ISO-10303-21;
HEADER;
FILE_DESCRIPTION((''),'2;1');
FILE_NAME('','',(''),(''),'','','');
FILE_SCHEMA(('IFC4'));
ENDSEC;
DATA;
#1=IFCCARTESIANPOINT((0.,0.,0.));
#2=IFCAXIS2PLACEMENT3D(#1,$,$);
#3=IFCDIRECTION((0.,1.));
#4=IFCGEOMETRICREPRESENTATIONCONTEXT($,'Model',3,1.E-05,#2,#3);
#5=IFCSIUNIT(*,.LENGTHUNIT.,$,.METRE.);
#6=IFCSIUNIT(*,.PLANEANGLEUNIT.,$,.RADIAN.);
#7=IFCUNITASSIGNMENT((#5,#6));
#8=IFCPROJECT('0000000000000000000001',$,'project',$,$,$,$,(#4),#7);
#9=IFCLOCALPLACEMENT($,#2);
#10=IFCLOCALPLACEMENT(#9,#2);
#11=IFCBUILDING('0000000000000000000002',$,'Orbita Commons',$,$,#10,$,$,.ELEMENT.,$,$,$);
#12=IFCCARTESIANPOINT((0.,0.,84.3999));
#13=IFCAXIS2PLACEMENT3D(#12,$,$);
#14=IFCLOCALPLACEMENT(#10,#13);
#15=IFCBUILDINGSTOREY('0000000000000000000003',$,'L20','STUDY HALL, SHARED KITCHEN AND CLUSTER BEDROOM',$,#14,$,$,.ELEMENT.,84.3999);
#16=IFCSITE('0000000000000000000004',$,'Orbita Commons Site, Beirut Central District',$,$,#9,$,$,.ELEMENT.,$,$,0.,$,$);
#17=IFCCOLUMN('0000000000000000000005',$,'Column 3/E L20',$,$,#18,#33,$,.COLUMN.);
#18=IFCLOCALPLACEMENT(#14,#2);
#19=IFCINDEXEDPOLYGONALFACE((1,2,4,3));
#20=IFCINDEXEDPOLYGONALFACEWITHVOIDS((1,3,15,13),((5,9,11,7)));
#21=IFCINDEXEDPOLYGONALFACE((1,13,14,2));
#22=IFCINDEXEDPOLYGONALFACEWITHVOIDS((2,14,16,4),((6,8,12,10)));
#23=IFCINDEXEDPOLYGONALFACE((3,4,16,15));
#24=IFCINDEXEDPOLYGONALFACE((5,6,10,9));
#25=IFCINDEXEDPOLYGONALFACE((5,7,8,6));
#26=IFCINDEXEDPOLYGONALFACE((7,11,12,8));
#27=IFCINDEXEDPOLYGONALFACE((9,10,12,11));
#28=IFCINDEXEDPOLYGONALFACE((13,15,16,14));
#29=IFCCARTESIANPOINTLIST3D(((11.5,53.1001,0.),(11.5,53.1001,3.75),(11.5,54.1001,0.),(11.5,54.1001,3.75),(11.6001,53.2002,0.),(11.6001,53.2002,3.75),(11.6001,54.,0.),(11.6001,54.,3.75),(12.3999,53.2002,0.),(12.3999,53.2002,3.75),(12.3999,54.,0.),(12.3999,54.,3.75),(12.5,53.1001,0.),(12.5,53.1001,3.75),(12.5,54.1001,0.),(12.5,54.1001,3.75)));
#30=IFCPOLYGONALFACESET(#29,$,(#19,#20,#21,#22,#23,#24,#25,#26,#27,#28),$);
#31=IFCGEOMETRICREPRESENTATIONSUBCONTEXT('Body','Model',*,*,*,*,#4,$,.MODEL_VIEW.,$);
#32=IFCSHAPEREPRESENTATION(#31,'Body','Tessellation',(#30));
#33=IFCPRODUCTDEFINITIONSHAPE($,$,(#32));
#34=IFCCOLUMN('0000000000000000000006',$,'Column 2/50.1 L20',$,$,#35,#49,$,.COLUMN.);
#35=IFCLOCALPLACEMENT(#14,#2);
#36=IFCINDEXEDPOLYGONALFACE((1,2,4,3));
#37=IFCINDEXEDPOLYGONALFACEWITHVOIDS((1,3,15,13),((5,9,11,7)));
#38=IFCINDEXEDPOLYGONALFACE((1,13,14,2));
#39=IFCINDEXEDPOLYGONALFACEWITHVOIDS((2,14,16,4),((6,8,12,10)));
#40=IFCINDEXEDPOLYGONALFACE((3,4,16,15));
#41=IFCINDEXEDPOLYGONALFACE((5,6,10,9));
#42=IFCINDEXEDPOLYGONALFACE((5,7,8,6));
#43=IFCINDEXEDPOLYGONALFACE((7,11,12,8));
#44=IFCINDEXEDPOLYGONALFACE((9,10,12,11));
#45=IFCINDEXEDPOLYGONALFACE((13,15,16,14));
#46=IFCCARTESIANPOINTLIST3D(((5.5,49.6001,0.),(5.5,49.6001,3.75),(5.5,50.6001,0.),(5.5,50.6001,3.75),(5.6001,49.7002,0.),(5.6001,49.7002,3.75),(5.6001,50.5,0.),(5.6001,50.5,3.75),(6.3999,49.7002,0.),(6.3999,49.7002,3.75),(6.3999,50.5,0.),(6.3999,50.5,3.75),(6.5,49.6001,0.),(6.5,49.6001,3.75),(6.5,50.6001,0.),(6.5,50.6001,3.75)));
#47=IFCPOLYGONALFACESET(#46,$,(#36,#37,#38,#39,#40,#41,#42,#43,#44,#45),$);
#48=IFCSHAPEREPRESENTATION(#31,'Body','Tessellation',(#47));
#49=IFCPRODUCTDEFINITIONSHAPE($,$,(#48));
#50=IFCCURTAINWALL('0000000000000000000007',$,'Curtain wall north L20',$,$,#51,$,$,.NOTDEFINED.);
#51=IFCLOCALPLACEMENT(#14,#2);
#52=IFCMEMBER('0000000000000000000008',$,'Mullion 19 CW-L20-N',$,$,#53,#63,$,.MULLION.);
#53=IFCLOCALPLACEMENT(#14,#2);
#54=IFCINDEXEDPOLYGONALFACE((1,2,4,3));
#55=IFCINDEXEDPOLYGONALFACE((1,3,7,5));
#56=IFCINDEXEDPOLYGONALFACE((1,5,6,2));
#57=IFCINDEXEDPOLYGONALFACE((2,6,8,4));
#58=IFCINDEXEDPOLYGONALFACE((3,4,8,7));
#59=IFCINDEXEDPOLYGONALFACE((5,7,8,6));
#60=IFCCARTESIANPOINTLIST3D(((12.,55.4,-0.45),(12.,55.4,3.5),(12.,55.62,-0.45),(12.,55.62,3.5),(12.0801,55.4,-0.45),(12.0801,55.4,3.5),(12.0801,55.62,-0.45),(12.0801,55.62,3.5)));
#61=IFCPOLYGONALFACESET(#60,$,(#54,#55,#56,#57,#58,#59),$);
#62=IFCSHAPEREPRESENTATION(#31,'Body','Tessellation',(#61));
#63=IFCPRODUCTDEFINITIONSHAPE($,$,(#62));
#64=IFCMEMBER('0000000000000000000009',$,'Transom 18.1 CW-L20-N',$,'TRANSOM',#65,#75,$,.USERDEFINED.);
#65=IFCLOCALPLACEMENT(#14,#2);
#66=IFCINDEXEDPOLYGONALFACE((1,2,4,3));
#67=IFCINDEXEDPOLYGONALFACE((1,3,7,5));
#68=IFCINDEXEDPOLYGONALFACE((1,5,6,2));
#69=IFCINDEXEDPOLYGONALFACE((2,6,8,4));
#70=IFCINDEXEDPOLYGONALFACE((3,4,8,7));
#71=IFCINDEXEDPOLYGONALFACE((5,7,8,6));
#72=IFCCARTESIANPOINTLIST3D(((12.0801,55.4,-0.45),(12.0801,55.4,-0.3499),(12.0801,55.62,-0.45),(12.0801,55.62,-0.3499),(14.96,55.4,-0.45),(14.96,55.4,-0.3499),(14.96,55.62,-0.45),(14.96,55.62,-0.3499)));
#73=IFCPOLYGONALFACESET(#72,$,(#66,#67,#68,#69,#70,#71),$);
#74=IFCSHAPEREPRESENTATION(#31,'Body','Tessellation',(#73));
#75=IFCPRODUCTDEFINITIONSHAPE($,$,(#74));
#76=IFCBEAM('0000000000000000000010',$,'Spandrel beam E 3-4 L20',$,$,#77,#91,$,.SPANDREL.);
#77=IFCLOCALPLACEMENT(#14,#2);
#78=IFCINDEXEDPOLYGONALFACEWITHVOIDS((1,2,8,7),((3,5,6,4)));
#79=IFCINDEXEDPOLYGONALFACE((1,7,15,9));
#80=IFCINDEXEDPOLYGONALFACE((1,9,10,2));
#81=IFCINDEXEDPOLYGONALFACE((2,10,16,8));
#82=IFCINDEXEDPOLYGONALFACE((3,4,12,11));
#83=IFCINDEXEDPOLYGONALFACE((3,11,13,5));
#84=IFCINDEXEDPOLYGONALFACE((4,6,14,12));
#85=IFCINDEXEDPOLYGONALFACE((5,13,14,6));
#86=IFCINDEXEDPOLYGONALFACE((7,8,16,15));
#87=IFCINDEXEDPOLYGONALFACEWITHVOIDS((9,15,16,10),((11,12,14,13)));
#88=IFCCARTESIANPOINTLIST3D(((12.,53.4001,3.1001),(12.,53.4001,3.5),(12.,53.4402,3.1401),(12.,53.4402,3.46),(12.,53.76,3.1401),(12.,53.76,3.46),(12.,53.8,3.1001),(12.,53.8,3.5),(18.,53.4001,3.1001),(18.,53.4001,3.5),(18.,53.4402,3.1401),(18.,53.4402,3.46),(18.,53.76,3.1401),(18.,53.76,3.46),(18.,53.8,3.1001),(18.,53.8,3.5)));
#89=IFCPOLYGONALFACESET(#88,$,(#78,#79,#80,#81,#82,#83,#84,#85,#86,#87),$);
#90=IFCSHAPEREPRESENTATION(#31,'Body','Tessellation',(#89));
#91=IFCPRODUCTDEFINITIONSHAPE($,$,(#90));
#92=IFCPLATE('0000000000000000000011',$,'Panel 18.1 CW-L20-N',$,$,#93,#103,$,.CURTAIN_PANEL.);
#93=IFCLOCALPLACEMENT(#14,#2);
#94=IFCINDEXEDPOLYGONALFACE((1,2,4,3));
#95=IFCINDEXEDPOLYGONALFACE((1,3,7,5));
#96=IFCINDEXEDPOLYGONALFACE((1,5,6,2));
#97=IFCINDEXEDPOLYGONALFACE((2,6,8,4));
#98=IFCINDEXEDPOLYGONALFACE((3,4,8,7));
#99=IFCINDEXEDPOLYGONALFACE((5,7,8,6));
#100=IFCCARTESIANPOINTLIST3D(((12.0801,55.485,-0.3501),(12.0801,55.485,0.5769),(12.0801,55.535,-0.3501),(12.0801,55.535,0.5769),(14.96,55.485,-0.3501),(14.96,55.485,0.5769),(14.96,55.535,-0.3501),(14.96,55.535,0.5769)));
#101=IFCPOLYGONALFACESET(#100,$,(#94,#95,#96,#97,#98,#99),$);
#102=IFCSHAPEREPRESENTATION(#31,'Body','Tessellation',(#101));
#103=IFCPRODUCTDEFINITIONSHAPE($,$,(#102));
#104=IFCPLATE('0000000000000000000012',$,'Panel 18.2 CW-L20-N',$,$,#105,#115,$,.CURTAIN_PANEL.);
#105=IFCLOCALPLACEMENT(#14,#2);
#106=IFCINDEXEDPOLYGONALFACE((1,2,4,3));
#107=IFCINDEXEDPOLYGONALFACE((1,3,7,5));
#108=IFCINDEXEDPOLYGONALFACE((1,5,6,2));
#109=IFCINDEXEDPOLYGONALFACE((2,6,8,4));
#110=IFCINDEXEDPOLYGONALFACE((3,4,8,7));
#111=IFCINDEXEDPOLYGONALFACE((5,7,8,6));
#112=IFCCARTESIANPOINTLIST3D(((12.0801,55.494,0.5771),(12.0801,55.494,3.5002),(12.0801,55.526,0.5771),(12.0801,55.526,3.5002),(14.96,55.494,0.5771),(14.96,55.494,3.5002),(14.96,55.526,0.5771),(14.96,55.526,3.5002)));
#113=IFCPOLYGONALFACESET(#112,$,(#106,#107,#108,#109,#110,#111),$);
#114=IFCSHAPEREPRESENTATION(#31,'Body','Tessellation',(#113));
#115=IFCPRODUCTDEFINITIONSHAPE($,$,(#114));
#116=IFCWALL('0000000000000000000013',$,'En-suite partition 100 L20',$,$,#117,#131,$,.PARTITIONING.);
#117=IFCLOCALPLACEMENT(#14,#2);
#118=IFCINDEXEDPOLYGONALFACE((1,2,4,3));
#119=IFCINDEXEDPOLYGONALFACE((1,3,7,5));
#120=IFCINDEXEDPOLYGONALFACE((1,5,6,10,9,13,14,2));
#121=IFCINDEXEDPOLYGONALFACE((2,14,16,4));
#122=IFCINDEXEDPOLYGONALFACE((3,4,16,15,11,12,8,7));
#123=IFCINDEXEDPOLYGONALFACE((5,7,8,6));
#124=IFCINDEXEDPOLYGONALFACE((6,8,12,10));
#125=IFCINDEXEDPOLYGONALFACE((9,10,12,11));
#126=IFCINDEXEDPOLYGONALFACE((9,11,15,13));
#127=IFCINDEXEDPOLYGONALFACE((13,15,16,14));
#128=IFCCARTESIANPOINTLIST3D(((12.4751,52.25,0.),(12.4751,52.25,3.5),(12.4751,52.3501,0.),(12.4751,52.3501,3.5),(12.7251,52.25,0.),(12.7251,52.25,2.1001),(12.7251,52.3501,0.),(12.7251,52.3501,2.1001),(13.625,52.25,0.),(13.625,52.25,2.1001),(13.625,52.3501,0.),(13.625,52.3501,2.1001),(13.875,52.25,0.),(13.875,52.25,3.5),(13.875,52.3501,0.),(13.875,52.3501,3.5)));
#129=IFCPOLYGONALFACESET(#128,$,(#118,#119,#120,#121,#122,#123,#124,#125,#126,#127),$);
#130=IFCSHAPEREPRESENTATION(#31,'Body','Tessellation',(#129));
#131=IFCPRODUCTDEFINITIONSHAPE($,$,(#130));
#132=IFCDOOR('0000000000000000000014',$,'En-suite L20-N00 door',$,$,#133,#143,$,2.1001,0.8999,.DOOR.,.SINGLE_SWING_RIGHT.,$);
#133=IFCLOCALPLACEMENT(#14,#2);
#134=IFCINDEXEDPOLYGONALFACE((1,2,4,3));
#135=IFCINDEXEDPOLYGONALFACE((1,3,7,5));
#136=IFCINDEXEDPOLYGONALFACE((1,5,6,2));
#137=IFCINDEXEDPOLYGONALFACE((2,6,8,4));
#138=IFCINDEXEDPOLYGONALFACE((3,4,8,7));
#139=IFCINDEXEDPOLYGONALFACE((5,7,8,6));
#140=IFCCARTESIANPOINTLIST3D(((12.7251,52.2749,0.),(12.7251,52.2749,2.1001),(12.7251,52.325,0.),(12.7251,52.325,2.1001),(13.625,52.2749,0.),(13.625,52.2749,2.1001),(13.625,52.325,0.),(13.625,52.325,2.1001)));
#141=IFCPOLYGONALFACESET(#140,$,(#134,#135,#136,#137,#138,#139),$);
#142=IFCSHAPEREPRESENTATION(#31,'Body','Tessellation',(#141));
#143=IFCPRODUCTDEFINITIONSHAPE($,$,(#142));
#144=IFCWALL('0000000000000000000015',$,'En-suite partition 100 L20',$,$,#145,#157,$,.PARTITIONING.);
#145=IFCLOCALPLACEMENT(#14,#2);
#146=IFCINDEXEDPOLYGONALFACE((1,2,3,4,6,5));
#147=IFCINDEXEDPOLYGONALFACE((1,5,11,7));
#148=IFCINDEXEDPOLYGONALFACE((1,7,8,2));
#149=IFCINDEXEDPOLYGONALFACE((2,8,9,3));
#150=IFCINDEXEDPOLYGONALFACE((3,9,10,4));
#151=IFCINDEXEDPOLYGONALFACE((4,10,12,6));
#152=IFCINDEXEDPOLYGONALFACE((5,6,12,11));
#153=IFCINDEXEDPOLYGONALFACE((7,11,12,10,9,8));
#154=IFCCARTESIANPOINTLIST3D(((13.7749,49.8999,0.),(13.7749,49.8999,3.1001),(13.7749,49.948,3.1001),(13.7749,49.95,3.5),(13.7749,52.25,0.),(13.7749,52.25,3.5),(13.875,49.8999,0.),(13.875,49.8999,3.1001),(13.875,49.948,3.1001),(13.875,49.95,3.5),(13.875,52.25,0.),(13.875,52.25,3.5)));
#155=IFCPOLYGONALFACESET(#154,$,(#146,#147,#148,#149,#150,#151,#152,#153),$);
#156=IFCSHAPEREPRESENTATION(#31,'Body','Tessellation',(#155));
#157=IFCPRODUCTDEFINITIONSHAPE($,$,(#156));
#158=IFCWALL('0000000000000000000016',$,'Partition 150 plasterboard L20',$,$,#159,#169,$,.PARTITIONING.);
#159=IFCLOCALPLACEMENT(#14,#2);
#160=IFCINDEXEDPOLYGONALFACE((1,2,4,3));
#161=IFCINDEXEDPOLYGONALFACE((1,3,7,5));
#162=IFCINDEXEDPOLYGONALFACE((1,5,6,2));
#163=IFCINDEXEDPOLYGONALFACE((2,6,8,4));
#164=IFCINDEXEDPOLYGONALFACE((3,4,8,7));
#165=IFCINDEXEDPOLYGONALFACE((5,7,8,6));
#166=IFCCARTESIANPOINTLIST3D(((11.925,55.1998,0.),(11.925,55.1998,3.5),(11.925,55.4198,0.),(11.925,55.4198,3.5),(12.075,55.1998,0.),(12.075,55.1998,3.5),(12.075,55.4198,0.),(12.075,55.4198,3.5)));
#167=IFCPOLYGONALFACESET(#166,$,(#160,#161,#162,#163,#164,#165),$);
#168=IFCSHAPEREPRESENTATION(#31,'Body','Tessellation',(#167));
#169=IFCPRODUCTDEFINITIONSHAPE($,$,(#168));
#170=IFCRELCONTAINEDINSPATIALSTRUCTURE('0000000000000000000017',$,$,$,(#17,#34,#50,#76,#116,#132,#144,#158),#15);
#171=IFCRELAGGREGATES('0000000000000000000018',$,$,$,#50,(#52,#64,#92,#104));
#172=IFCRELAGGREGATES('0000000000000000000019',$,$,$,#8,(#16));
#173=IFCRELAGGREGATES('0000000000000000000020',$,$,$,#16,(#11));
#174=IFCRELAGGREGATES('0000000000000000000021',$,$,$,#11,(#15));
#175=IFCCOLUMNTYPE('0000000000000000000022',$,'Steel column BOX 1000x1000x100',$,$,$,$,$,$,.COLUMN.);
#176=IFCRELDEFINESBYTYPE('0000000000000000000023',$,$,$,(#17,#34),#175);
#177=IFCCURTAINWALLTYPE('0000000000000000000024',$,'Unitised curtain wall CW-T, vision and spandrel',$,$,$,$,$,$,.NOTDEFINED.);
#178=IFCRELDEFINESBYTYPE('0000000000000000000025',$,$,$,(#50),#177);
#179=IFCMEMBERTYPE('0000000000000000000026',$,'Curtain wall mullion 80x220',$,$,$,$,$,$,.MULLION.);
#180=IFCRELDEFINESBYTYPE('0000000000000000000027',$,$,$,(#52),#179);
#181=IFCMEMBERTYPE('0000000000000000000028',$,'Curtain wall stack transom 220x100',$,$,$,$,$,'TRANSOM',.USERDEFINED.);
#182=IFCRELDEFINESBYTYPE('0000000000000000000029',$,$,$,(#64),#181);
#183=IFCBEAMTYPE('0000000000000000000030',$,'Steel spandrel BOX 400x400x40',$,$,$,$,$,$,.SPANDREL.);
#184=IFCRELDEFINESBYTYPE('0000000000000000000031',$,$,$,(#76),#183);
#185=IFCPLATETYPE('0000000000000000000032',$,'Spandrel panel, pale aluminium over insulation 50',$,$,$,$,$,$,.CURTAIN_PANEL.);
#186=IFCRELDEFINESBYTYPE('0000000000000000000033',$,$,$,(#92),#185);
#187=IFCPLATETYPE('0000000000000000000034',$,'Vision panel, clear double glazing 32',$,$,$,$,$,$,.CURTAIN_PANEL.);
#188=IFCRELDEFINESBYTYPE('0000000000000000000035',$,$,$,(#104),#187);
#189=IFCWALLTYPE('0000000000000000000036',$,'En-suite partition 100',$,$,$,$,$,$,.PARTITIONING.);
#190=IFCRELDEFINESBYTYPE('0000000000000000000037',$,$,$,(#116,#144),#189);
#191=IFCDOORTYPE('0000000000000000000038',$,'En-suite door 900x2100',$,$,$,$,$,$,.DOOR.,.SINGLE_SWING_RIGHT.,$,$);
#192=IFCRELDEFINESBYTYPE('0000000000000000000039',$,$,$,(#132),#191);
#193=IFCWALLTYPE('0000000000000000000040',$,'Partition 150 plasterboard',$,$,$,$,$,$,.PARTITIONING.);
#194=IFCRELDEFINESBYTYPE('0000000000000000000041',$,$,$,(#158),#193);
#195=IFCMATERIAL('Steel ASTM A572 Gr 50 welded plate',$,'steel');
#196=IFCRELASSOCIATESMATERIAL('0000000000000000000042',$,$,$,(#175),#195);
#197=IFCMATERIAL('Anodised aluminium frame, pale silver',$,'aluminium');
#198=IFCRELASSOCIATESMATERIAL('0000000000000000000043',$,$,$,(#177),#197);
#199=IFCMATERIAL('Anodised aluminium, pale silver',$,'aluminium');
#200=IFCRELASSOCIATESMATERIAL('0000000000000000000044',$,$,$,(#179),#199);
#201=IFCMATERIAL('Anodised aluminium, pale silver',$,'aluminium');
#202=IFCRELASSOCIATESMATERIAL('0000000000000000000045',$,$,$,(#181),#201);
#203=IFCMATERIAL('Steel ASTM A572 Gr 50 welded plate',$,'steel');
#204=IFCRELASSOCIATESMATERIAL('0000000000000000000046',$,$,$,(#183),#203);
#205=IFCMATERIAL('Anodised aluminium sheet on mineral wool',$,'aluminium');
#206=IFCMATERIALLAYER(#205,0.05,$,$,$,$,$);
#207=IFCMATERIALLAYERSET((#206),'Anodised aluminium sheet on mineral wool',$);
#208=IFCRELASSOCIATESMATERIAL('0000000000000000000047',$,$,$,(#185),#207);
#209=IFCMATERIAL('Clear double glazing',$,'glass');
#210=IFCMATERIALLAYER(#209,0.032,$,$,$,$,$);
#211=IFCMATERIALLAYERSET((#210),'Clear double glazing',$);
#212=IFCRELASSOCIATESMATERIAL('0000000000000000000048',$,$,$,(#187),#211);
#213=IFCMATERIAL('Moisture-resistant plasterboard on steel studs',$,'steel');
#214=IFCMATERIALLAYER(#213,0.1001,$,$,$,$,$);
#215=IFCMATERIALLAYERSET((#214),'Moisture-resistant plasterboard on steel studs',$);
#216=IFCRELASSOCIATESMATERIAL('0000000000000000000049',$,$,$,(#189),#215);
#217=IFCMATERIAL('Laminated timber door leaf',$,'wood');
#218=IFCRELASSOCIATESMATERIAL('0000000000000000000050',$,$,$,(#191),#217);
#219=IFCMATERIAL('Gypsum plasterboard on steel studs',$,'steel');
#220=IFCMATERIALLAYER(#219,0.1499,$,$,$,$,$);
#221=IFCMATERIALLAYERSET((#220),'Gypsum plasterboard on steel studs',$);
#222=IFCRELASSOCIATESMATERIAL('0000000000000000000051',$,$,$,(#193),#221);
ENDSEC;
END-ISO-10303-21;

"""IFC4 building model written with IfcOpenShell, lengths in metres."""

from ifc_helpers import new_model, si_unit, direction, frame, frame_2d, origin, origin_2d, place, context, subcontext, project, spatial, polyline, rectangle, hollow_rectangle, outline, extrude, material, layer, layer_set, material_profile, profile_set, type_object, element, fill, aggregate, save


model = new_model("IFC4")

# Units and contexts
model_context = context("Model", 3, precision=1e-05, world=origin(), true_north=direction((0.0, 1.0)))
body_context = subcontext(model_context, "Body", "Model", "MODEL_VIEW")
ifc_project = project(units=[si_unit("LENGTHUNIT", "METRE"), si_unit("PLANEANGLEUNIT", "RADIAN")], contexts=[model_context])

# Site, building, storey
site_placement = place(None, origin())
site = spatial("IfcSite", under=ifc_project, at=site_placement, Name="Orbita Commons Site, Beirut Central District", CompositionType="ELEMENT", RefElevation=0.0)
building_placement = place(site_placement, origin())
building = spatial("IfcBuilding", under=site, at=building_placement, Name="Orbita Commons", CompositionType="ELEMENT")
storey_placement = place(building_placement, frame((0.0, 0.0, 84.3999)))
storey = spatial("IfcBuildingStorey", under=building, at=storey_placement, Name="L20", Description="STUDY HALL, SHARED KITCHEN AND CLUSTER BEDROOM", CompositionType="ELEMENT", Elevation=84.3999)

# Columns
ifc_material_1 = material(Name="Steel ASTM A572 Gr 50 welded plate", Category="steel")
ifc_material_profile_1 = material_profile(ifc_material_1, hollow_rectangle(XDim=1.0, YDim=1.0, WallThickness=0.1001, at=origin_2d()), Name="BOX 1000x1000x100")
ifc_profile_set_1 = profile_set([ifc_material_profile_1], Name="Steel ASTM A572 Gr 50 welded plate")
column_type = type_object("IfcColumnType", Name="Steel column BOX 1000x1000x100", PredefinedType="COLUMN", material=ifc_profile_set_1)
for number, where, z_axis, x_axis, name in (
    (1, (12.0, 53.6001, 0.0), (0.0, 0.0, 1.0), (1.0, 0.0, 0.0), "Column 3/E L20"),
    (2, (6.0, 50.1001, 0.0), (0.0, 0.0, 1.0), (1.0, 0.0, 0.0), "Column 2/50.1 L20"),
):
    element("IfcColumn", number, at=place(storey_placement, frame(where, z_axis=z_axis, x_axis=x_axis)), inside=storey, type_object=column_type, Name=name, PredefinedType="COLUMN", context=body_context, shape_type="SweptSolid", body=[
        extrude(hollow_rectangle(XDim=1.0, YDim=1.0, WallThickness=0.1001, at=origin_2d()), origin(), (0.0, 0.0, 1.0), 3.75),
    ])

# Curtain wall, members
ifc_material_2 = material(Name="Anodised aluminium frame, pale silver", Category="aluminium")
curtain_wall_type = type_object("IfcCurtainWallType", Name="Unitised curtain wall CW-T, vision and spandrel", PredefinedType="NOTDEFINED", material=ifc_material_2)
curtain_wall_placement = place(storey_placement, origin())
curtain_wall = element("IfcCurtainWall", 3, at=curtain_wall_placement, inside=storey, type_object=curtain_wall_type, Name="Curtain wall north L20", PredefinedType="NOTDEFINED")
ifc_material_3 = material(Name="Anodised aluminium, pale silver", Category="aluminium")
ifc_material_profile_2 = material_profile(ifc_material_3, rectangle(XDim=0.0801, YDim=0.22, at=origin_2d()), Name="AL 80x220")
ifc_profile_set_2 = profile_set([ifc_material_profile_2], Name="Anodised aluminium, pale silver")
member_type_1 = type_object("IfcMemberType", Name="Curtain wall mullion 80x220", PredefinedType="MULLION", material=ifc_profile_set_2)
member_1_placement = place(storey_placement, frame((12.04, 55.51, -0.45), z_axis=(0.0, 0.0, 1.0), x_axis=(-1.0, 0.0, 0.0)))
member_1 = element("IfcMember", 4, at=member_1_placement, type_object=member_type_1, Name="Mullion 19 CW-L20-N", PredefinedType="MULLION", context=body_context, shape_type="SweptSolid", body=[
    extrude(rectangle(XDim=0.0801, YDim=0.22, at=origin_2d()), origin(), (0.0, 0.0, 1.0), 3.95),
])
ifc_material_4 = material(Name="Anodised aluminium, pale silver", Category="aluminium")
ifc_material_profile_3 = material_profile(ifc_material_4, rectangle(XDim=0.22, YDim=0.1001, at=origin_2d()), Name="AL 220x100")
ifc_profile_set_3 = profile_set([ifc_material_profile_3], Name="Anodised aluminium, pale silver")
member_type_2 = type_object("IfcMemberType", Name="Curtain wall stack transom 220x100", ElementType="TRANSOM", PredefinedType="USERDEFINED", material=ifc_profile_set_3)
member_2_placement = place(storey_placement, frame((14.96, 55.51, -0.3999), z_axis=(-1.0, 0.0, 0.0), x_axis=(0.0, -1.0, 0.0)))
member_2 = element("IfcMember", 5, at=member_2_placement, type_object=member_type_2, Name="Transom 18.1 CW-L20-N", ObjectType="TRANSOM", PredefinedType="USERDEFINED", context=body_context, shape_type="SweptSolid", body=[
    extrude(rectangle(XDim=0.22, YDim=0.1001, at=origin_2d()), origin(), (0.0, 0.0, 1.0), 2.8799),
])

# Beam
ifc_material_5 = material(Name="Steel ASTM A572 Gr 50 welded plate", Category="steel")
ifc_material_profile_4 = material_profile(ifc_material_5, hollow_rectangle(XDim=0.3999, YDim=0.3999, WallThickness=0.04, at=origin_2d()), Name="BOX 400x400x40")
ifc_profile_set_4 = profile_set([ifc_material_profile_4], Name="Steel ASTM A572 Gr 50 welded plate")
beam_type = type_object("IfcBeamType", Name="Steel spandrel BOX 400x400x40", PredefinedType="SPANDREL", material=ifc_profile_set_4)
beam_placement = place(storey_placement, frame((12.0, 53.6001, 3.3), z_axis=(1.0, 0.0, 0.0), x_axis=(0.0, 1.0, 0.0)))
element("IfcBeam", 6, at=beam_placement, inside=storey, type_object=beam_type, Name="Spandrel beam E 3-4 L20", PredefinedType="SPANDREL", context=body_context, shape_type="SweptSolid", body=[
    extrude(hollow_rectangle(XDim=0.3999, YDim=0.3999, WallThickness=0.04, at=origin_2d()), origin(), (0.0, 0.0, 1.0), 6.0),
])

# Plates
ifc_material_6 = material(Name="Anodised aluminium sheet on mineral wool", Category="aluminium")
ifc_layer_1 = layer(ifc_material_6, 0.05)
ifc_layer_set_1 = layer_set([ifc_layer_1], Name="Anodised aluminium sheet on mineral wool")
plate_type_1 = type_object("IfcPlateType", Name="Spandrel panel, pale aluminium over insulation 50", PredefinedType="CURTAIN_PANEL", material=ifc_layer_set_1)
plate_1_placement = place(storey_placement, frame((13.52, 55.51, -0.3501), z_axis=(0.0, 0.0, 1.0), x_axis=(-1.0, 0.0, 0.0)))
plate_1 = element("IfcPlate", 7, at=plate_1_placement, type_object=plate_type_1, Name="Panel 18.1 CW-L20-N", PredefinedType="CURTAIN_PANEL", context=body_context, shape_type="SweptSolid", body=[
    extrude(rectangle(XDim=2.8799, YDim=0.05, at=origin_2d()), origin(), (0.0, 0.0, 1.0), 0.927),
])
ifc_material_7 = material(Name="Clear double glazing", Category="glass")
ifc_layer_2 = layer(ifc_material_7, 0.032)
ifc_layer_set_2 = layer_set([ifc_layer_2], Name="Clear double glazing")
plate_type_2 = type_object("IfcPlateType", Name="Vision panel, clear double glazing 32", PredefinedType="CURTAIN_PANEL", material=ifc_layer_set_2)
plate_2_placement = place(storey_placement, frame((13.52, 55.51, 0.5771), z_axis=(0.0, 0.0, 1.0), x_axis=(-1.0, 0.0, 0.0)))
plate_2 = element("IfcPlate", 8, at=plate_2_placement, type_object=plate_type_2, Name="Panel 18.2 CW-L20-N", PredefinedType="CURTAIN_PANEL", context=body_context, shape_type="SweptSolid", body=[
    extrude(rectangle(XDim=2.8799, YDim=0.032, at=origin_2d()), origin(), (0.0, 0.0, 1.0), 2.9231),
])
aggregate(curtain_wall, [member_1, member_2, plate_1, plate_2])

# Wall, opening, door
ifc_material_8 = material(Name="Moisture-resistant plasterboard on steel studs", Category="steel")
ifc_layer_3 = layer(ifc_material_8, 0.1001)
ifc_layer_set_3 = layer_set([ifc_layer_3], Name="Moisture-resistant plasterboard on steel studs")
wall_type_1 = type_object("IfcWallType", Name="En-suite partition 100", PredefinedType="PARTITIONING", material=ifc_layer_set_3)
wall_1_placement = place(storey_placement, frame((12.4751, 52.3, 0.0), z_axis=(0.0, 0.0, 1.0), x_axis=(1.0, 0.0, 0.0)))
wall_1 = element("IfcWall", 9, at=wall_1_placement, inside=storey, type_object=wall_type_1, Name="En-suite partition 100 L20", PredefinedType="PARTITIONING", context=body_context, shape_type="SweptSolid", body=[
    extrude(rectangle(XDim=1.3999, YDim=0.1001, at=frame_2d((0.7, 0.0))), origin(), (0.0, 0.0, 1.0), 3.5),
])
opening_1_placement = place(wall_1_placement, frame((0.25, 0.0, 0.0)))
opening_1 = element("IfcOpeningElement", 10, at=opening_1_placement, cuts=wall_1, PredefinedType="OPENING", context=body_context, shape_type="SweptSolid", body=[
    extrude(rectangle(XDim=0.8999, YDim=2.1001, at=frame_2d((0.45, 1.05))), frame((0.0, 0.0601, 0.0), z_axis=(0.0, -1.0, 0.0), x_axis=(1.0, 0.0, 0.0)), (0.0, 0.0, 1.0), 0.1201),
])
ifc_material_9 = material(Name="Laminated timber door leaf", Category="wood")
door_type = type_object("IfcDoorType", Name="En-suite door 900x2100", OperationType="SINGLE_SWING_RIGHT", PredefinedType="DOOR", material=ifc_material_9)
door_placement = place(opening_1_placement, origin())
door = element("IfcDoor", 11, at=door_placement, inside=storey, type_object=door_type, Name="En-suite L20-N00 door", OperationType="SINGLE_SWING_RIGHT", OverallHeight=2.1001, OverallWidth=0.8999, PredefinedType="DOOR", context=body_context, shape_type="SweptSolid", body=[
    extrude(rectangle(XDim=0.8999, YDim=2.1001, at=frame_2d((0.45, 1.05))), frame((0.0, 0.0249, 0.0), z_axis=(0.0, -1.0, 0.0), x_axis=(1.0, 0.0, 0.0)), (0.0, 0.0, 1.0), 0.05),
])
fill(opening_1, door)

# Walls
wall_2_placement = place(storey_placement, frame((13.825, 52.25, 0.0), z_axis=(0.0, 0.0, 1.0), x_axis=(0.0, -1.0, 0.0)))
element("IfcWall", 12, at=wall_2_placement, inside=storey, type_object=wall_type_1, Name="En-suite partition 100 L20", PredefinedType="PARTITIONING", context=body_context, shape_type="SweptSolid", body=[
    extrude(outline(polyline([(0.0, 0.0), (2.3501, 0.0), (2.3501, 3.1001), (2.302, 3.1001), (2.3, 3.5), (0.0, 3.5), (0.0, 0.0)])), frame((0.0, 0.05, 0.0), z_axis=(0.0, -1.0, 0.0), x_axis=(1.0, 0.0, 0.0)), (0.0, 0.0, 1.0), 0.1001),
])
ifc_material_10 = material(Name="Gypsum plasterboard on steel studs", Category="steel")
ifc_layer_4 = layer(ifc_material_10, 0.1499)
ifc_layer_set_4 = layer_set([ifc_layer_4], Name="Gypsum plasterboard on steel studs")
wall_type_2 = type_object("IfcWallType", Name="Partition 150 plasterboard", PredefinedType="PARTITIONING", material=ifc_layer_set_4)
wall_3_placement = place(storey_placement, frame((12.0, 55.2, 0.0), z_axis=(0.0, 0.0, 1.0), x_axis=(0.0, 1.0, 0.0)))
element("IfcWall", 13, at=wall_3_placement, inside=storey, type_object=wall_type_2, Name="Partition 150 plasterboard L20", PredefinedType="PARTITIONING", context=body_context, shape_type="SweptSolid", body=[
    extrude(rectangle(XDim=0.22, YDim=0.1499, at=frame_2d((0.1099, 0.0))), origin(), (0.0, 0.0, 1.0), 3.5),
])

save(model, "model.ifc")
